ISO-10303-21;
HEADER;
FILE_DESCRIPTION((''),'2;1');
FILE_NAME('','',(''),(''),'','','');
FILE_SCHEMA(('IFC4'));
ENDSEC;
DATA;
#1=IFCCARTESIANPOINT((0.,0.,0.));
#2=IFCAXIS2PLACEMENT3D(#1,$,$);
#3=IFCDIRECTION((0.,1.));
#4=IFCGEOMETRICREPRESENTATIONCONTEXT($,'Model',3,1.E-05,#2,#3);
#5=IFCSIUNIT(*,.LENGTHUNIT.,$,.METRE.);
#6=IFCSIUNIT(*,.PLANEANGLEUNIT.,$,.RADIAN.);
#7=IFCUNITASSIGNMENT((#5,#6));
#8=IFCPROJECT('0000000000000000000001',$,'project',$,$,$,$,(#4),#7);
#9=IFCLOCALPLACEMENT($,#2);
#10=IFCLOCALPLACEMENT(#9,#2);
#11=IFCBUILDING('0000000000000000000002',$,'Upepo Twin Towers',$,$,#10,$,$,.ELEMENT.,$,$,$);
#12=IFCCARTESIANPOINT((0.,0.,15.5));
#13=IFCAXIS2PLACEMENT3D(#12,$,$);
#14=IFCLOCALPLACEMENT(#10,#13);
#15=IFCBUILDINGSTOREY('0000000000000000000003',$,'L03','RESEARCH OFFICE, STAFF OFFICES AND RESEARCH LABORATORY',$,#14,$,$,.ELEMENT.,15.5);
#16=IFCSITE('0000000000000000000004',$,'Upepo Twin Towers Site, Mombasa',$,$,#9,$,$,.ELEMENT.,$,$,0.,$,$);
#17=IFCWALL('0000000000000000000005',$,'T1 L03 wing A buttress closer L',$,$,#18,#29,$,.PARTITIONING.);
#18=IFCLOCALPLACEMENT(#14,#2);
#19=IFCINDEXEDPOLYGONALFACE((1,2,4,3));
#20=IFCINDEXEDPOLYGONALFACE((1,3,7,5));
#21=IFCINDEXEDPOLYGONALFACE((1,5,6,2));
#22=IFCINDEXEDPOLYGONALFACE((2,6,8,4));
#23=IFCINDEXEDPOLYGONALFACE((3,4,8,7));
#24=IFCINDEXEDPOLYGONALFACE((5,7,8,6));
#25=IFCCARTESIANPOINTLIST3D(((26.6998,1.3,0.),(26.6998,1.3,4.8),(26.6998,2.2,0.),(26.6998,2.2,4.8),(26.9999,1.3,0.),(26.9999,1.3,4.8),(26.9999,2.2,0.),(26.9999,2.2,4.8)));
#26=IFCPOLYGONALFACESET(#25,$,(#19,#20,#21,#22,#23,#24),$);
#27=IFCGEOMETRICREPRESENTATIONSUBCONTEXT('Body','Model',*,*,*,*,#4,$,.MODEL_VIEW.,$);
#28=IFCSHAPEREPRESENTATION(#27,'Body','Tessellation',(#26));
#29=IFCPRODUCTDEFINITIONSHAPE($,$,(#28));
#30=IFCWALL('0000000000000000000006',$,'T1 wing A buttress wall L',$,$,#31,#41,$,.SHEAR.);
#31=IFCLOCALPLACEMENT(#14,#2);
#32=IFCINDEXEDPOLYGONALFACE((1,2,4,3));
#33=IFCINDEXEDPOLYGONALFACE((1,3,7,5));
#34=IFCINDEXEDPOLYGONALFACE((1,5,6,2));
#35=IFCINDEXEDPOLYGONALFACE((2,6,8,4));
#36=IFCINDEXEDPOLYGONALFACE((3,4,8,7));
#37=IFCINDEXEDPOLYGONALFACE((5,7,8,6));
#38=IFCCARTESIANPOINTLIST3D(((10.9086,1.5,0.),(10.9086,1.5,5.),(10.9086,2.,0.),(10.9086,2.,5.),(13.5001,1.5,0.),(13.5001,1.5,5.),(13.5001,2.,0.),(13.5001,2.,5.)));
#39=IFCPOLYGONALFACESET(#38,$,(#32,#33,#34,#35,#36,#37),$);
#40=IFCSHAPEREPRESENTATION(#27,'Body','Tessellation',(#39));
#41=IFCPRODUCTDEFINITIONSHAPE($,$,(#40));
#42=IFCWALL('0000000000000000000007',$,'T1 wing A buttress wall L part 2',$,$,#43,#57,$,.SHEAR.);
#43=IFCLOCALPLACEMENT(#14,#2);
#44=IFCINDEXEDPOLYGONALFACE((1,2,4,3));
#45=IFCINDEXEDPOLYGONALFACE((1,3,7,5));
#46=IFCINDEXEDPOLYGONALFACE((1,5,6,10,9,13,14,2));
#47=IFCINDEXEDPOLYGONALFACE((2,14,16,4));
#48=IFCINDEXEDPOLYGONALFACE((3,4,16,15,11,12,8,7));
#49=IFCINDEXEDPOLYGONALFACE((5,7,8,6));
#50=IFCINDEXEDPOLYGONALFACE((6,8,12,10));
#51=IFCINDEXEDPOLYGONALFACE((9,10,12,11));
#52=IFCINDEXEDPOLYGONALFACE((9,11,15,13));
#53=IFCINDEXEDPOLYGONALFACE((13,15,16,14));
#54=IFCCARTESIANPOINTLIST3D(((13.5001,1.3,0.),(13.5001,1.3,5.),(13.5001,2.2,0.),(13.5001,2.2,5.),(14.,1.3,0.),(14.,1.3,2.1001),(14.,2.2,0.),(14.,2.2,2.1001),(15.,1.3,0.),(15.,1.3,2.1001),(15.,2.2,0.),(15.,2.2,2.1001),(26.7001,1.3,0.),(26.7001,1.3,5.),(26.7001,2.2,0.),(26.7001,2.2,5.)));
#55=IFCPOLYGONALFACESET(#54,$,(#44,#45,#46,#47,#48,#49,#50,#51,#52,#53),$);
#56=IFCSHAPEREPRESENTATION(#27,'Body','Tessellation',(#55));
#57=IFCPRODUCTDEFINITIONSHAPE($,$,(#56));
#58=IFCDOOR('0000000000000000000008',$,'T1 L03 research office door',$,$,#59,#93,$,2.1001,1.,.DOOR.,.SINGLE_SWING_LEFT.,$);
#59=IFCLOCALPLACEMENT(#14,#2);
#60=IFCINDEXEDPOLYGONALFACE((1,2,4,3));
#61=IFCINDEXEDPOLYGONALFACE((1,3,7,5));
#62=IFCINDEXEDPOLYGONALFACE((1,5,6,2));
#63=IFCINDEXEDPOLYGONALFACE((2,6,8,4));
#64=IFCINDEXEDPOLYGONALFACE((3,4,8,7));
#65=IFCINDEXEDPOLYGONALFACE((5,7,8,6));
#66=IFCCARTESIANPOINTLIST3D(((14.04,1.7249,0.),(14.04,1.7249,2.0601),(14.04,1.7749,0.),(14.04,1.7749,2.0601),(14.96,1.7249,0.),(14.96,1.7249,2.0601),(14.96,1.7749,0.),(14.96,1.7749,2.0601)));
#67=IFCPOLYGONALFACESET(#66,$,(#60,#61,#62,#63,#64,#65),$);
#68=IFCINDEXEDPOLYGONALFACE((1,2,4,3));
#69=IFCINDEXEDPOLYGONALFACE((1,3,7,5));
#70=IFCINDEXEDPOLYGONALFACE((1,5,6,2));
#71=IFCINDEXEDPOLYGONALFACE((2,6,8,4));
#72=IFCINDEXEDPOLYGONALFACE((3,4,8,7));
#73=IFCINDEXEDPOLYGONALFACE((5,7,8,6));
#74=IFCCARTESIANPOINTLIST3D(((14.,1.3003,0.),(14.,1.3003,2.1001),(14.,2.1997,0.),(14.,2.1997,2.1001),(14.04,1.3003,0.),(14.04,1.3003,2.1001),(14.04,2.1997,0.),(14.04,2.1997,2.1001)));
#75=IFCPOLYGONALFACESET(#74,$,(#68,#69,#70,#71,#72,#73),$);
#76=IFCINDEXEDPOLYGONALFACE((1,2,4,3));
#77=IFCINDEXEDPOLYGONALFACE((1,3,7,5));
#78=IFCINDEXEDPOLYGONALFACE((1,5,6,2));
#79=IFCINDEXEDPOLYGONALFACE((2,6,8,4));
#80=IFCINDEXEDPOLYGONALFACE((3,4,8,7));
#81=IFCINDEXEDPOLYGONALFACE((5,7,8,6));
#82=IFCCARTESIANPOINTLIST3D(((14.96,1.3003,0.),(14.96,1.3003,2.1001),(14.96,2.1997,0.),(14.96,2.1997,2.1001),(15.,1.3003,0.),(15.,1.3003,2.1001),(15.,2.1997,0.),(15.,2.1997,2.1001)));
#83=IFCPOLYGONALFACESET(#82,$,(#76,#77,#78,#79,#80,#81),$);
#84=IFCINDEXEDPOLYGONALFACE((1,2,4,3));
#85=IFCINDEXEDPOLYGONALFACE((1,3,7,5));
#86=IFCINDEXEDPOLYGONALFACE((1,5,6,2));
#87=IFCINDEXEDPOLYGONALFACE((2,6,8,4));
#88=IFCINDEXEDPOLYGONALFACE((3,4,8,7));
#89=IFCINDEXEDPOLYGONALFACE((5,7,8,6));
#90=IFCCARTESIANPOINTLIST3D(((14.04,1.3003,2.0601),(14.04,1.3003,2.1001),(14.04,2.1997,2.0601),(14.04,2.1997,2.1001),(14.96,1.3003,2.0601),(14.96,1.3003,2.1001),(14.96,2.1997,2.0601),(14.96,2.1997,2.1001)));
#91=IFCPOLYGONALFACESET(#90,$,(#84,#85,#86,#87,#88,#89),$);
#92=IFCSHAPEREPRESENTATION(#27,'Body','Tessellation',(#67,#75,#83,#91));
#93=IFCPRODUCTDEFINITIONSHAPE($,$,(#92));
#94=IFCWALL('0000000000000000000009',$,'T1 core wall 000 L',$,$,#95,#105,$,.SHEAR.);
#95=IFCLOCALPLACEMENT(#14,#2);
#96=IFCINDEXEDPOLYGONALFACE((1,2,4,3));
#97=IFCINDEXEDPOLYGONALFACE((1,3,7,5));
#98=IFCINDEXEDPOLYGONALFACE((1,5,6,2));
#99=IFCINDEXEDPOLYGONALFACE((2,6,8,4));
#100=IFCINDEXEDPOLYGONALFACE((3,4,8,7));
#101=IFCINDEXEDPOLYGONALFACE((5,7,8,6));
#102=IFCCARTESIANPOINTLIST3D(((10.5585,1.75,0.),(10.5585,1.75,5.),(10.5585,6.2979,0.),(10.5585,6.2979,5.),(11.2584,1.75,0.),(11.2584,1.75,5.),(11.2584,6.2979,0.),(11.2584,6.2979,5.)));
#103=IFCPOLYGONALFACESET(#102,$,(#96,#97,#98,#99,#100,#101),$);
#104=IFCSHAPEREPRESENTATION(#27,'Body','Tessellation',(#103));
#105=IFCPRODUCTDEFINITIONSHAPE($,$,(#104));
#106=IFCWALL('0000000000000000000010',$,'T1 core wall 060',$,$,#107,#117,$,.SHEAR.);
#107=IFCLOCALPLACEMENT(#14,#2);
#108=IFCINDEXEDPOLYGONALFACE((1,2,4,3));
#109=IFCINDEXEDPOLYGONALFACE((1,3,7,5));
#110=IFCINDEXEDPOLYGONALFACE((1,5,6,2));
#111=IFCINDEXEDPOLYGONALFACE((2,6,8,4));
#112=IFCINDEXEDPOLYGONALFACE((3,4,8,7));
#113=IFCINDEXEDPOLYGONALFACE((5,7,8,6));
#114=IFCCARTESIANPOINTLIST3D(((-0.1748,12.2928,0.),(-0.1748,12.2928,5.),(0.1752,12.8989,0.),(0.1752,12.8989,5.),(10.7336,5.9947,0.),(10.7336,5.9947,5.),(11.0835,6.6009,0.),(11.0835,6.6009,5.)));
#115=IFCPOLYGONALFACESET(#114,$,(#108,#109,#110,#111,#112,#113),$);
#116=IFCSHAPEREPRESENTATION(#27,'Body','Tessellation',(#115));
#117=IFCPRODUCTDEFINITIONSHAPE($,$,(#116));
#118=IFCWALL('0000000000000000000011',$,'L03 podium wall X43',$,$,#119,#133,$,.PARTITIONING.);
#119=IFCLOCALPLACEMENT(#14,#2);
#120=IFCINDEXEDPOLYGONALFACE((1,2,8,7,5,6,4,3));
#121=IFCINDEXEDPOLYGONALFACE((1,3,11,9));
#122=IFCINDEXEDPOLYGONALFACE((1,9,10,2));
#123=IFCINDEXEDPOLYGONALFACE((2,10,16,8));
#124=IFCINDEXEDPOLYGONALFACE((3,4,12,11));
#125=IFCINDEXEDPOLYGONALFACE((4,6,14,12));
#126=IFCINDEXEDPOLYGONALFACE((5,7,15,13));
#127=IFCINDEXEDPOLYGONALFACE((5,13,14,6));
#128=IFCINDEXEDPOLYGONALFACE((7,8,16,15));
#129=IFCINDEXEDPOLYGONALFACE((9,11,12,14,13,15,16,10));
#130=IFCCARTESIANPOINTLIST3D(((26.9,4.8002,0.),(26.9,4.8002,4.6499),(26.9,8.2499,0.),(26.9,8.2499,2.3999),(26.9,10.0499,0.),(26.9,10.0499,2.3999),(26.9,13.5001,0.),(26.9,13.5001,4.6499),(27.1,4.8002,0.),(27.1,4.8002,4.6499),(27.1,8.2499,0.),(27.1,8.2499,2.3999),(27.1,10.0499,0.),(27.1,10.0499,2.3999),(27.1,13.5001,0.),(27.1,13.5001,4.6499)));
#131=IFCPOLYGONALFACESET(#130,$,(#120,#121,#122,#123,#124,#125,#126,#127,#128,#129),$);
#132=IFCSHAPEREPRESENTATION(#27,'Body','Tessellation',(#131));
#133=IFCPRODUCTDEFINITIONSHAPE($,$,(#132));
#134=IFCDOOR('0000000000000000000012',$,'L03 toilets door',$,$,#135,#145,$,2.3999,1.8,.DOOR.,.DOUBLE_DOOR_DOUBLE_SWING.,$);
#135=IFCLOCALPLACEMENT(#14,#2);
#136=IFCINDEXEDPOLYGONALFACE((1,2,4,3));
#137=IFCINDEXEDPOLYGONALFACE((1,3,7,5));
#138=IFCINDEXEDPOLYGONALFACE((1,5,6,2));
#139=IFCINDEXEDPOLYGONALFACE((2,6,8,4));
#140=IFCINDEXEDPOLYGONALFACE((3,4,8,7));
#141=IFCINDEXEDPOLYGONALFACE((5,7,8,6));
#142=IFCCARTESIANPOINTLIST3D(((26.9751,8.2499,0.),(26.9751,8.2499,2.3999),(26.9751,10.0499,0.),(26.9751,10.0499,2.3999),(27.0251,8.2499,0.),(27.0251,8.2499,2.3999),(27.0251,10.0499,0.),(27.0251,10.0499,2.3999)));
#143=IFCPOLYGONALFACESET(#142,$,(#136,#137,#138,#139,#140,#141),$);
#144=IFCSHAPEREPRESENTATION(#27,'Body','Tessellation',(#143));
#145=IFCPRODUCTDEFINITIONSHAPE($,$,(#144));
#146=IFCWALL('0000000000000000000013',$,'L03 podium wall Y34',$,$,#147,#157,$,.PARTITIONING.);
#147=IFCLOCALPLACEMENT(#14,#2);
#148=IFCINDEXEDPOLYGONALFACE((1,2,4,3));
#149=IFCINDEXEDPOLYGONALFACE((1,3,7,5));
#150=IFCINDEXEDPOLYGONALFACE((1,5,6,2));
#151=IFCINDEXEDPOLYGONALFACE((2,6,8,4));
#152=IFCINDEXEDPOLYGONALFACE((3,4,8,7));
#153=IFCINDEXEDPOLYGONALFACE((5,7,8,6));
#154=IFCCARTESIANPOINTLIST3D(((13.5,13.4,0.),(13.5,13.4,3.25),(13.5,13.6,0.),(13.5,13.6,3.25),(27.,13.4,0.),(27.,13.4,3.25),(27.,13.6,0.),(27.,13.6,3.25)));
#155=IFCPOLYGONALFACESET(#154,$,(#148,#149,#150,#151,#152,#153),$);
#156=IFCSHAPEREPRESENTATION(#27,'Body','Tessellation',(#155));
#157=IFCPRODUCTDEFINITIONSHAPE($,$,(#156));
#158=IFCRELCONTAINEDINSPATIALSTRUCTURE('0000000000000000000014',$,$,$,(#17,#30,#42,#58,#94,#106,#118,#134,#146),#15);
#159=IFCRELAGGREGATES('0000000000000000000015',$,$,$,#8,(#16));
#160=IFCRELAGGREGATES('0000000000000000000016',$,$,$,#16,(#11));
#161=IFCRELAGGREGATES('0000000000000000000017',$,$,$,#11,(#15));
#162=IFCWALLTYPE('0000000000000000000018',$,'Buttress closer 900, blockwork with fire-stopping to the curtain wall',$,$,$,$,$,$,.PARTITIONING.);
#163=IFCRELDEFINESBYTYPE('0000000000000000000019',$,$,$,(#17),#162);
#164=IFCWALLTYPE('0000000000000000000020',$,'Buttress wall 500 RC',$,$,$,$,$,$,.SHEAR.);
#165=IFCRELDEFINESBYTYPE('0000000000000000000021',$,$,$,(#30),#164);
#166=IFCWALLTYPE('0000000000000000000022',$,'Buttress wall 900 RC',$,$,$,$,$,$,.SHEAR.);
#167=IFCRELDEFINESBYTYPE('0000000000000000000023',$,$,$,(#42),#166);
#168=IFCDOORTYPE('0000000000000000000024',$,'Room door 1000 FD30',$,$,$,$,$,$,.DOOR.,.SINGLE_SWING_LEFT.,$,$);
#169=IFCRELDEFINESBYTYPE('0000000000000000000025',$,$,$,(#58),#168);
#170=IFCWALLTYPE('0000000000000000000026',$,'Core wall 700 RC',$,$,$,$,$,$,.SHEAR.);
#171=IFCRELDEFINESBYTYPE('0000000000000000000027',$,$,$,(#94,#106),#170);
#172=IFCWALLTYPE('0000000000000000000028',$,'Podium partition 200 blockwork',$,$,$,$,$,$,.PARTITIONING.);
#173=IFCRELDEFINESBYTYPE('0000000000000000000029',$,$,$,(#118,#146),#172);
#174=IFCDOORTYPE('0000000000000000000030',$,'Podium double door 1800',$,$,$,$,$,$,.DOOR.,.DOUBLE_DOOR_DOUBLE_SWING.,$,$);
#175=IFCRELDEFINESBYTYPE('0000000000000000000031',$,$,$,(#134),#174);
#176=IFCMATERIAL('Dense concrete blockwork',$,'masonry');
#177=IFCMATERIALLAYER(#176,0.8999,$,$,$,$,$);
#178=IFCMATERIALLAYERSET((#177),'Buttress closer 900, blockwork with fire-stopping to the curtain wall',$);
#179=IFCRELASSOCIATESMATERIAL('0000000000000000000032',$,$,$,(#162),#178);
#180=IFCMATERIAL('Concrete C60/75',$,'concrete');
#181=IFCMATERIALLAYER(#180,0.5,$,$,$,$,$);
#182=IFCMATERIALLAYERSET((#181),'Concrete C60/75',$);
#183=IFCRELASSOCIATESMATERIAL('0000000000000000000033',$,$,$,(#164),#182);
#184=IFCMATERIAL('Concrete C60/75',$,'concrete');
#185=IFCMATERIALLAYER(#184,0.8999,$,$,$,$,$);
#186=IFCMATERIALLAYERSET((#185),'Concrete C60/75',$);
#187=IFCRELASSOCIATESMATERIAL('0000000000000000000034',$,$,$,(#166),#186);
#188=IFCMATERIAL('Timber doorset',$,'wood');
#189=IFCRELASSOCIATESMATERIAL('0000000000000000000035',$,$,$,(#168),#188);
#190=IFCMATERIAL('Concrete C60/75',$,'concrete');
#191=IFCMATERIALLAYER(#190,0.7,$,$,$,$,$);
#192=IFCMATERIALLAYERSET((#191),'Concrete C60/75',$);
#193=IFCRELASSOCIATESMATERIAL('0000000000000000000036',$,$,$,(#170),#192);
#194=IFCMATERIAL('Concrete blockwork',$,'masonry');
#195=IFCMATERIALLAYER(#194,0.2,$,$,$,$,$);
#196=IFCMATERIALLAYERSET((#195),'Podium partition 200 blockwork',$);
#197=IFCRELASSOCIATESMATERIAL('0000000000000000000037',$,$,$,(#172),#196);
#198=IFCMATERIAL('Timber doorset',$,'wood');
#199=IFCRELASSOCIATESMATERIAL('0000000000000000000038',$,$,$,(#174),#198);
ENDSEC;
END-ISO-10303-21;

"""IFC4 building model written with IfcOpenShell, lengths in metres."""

from ifc_helpers import new_model, si_unit, direction, frame, frame_2d, origin, place, context, subcontext, project, spatial, rectangle, extrude, material, layer, layer_set, type_object, element, fill, save


model = new_model("IFC4")

# Units and contexts
model_context = context("Model", 3, precision=1e-05, world=origin(), true_north=direction((0.0, 1.0)))
body_context = subcontext(model_context, "Body", "Model", "MODEL_VIEW")
ifc_project = project(units=[si_unit("LENGTHUNIT", "METRE"), si_unit("PLANEANGLEUNIT", "RADIAN")], contexts=[model_context])

# Site, building, storey
site_placement = place(None, origin())
site = spatial("IfcSite", under=ifc_project, at=site_placement, Name="Upepo Twin Towers Site, Mombasa", CompositionType="ELEMENT", RefElevation=0.0)
building_placement = place(site_placement, origin())
building = spatial("IfcBuilding", under=site, at=building_placement, Name="Upepo Twin Towers", CompositionType="ELEMENT")
storey_placement = place(building_placement, frame((0.0, 0.0, 15.5)))
storey = spatial("IfcBuildingStorey", under=building, at=storey_placement, Name="L03", Description="RESEARCH OFFICE, STAFF OFFICES AND RESEARCH LABORATORY", CompositionType="ELEMENT", Elevation=15.5)

# Walls
ifc_material_1 = material(Name="Dense concrete blockwork", Category="masonry")
ifc_layer_1 = layer(ifc_material_1, 0.8999)
ifc_layer_set_1 = layer_set([ifc_layer_1], Name="Buttress closer 900, blockwork with fire-stopping to the curtain wall")
wall_type_1 = type_object("IfcWallType", Name="Buttress closer 900, blockwork with fire-stopping to the curtain wall", PredefinedType="PARTITIONING", material=ifc_layer_set_1)
wall_1_placement = place(storey_placement, frame((26.7, 1.75, 0.0), z_axis=(0.0, 0.0, 1.0), x_axis=(1.0, 0.0, 0.0)))
element("IfcWall", 1, at=wall_1_placement, inside=storey, type_object=wall_type_1, Name="T1 L03 wing A buttress closer L", PredefinedType="PARTITIONING", context=body_context, shape_type="SweptSolid", body=[
    extrude(rectangle(XDim=0.3, YDim=0.8999, at=frame_2d((0.1499, 0.0))), origin(), (0.0, 0.0, 1.0), 4.8),
])
ifc_material_2 = material(Name="Concrete C60/75", Category="concrete")
ifc_layer_2 = layer(ifc_material_2, 0.5)
ifc_layer_set_2 = layer_set([ifc_layer_2], Name="Concrete C60/75")
wall_type_2 = type_object("IfcWallType", Name="Buttress wall 500 RC", PredefinedType="SHEAR", material=ifc_layer_set_2)
wall_2_placement = place(storey_placement, frame((10.9084, 1.75, 0.0), z_axis=(0.0, 0.0, 1.0), x_axis=(1.0, 0.0, 0.0)))
element("IfcWall", 2, at=wall_2_placement, inside=storey, type_object=wall_type_2, Name="T1 wing A buttress wall L", PredefinedType="SHEAR", context=body_context, shape_type="SweptSolid", body=[
    extrude(rectangle(XDim=2.5916, YDim=0.5, at=frame_2d((1.2959, 0.0))), origin(), (0.0, 0.0, 1.0), 5.0),
])

# Wall, opening, door
ifc_material_3 = material(Name="Concrete C60/75", Category="concrete")
ifc_layer_3 = layer(ifc_material_3, 0.8999)
ifc_layer_set_3 = layer_set([ifc_layer_3], Name="Concrete C60/75")
wall_type_3 = type_object("IfcWallType", Name="Buttress wall 900 RC", PredefinedType="SHEAR", material=ifc_layer_set_3)
wall_3_placement = place(storey_placement, frame((13.5, 1.75, 0.0), z_axis=(0.0, 0.0, 1.0), x_axis=(1.0, 0.0, 0.0)))
wall_3 = element("IfcWall", 3, at=wall_3_placement, inside=storey, type_object=wall_type_3, Name="T1 wing A buttress wall L part 2", PredefinedType="SHEAR", context=body_context, shape_type="SweptSolid", body=[
    extrude(rectangle(XDim=13.2, YDim=0.8999, at=frame_2d((6.6001, 0.0))), origin(), (0.0, 0.0, 1.0), 5.0),
])
opening_1_placement = place(wall_3_placement, frame((0.5, 0.0, 0.0)))
opening_1 = element("IfcOpeningElement", 4, at=opening_1_placement, cuts=wall_3, PredefinedType="OPENING", context=body_context, shape_type="SweptSolid", body=[
    extrude(rectangle(XDim=1.0, YDim=2.1001, at=frame_2d((0.5, 1.05))), frame((0.0, 0.46, 0.0), z_axis=(0.0, -1.0, 0.0), x_axis=(1.0, 0.0, 0.0)), (0.0, 0.0, 1.0), 0.9199),
])
ifc_material_4 = material(Name="Timber doorset", Category="wood")
door_type_1 = type_object("IfcDoorType", Name="Room door 1000 FD30", OperationType="SINGLE_SWING_LEFT", PredefinedType="DOOR", material=ifc_material_4)
door_1_placement = place(opening_1_placement, origin())
door_1 = element("IfcDoor", 5, at=door_1_placement, inside=storey, type_object=door_type_1, Name="T1 L03 research office door", OperationType="SINGLE_SWING_LEFT", OverallHeight=2.1001, OverallWidth=1.0, PredefinedType="DOOR", context=body_context, shape_type="SweptSolid", body=[
    extrude(rectangle(XDim=0.92, YDim=2.0601, at=frame_2d((0.5, 1.03))), frame((0.0, 0.0249, 0.0), z_axis=(0.0, -1.0, 0.0), x_axis=(1.0, 0.0, 0.0)), (0.0, 0.0, 1.0), 0.05),
    extrude(rectangle(XDim=0.04, YDim=2.1001, at=frame_2d((0.02, 1.05))), frame((0.0, 0.4497, 0.0), z_axis=(0.0, -1.0, 0.0), x_axis=(1.0, 0.0, 0.0)), (0.0, 0.0, 1.0), 0.8994),
    extrude(rectangle(XDim=0.04, YDim=2.1001, at=frame_2d((0.98, 1.05))), frame((0.0, 0.4497, 0.0), z_axis=(0.0, -1.0, 0.0), x_axis=(1.0, 0.0, 0.0)), (0.0, 0.0, 1.0), 0.8994),
    extrude(rectangle(XDim=0.92, YDim=0.04, at=frame_2d((0.5, 2.0801))), frame((0.0, 0.4497, 0.0), z_axis=(0.0, -1.0, 0.0), x_axis=(1.0, 0.0, 0.0)), (0.0, 0.0, 1.0), 0.8994),
])
fill(opening_1, door_1)

# Walls
ifc_material_5 = material(Name="Concrete C60/75", Category="concrete")
ifc_layer_4 = layer(ifc_material_5, 0.7)
ifc_layer_set_4 = layer_set([ifc_layer_4], Name="Concrete C60/75")
wall_type_4 = type_object("IfcWallType", Name="Core wall 700 RC", PredefinedType="SHEAR", material=ifc_layer_set_4)
wall_4_placement = place(storey_placement, frame((10.9084, 1.75, 0.0), z_axis=(0.0, 0.0, 1.0), x_axis=(0.0, 1.0, 0.0)))
element("IfcWall", 6, at=wall_4_placement, inside=storey, type_object=wall_type_4, Name="T1 core wall 000 L", PredefinedType="SHEAR", context=body_context, shape_type="SweptSolid", body=[
    extrude(rectangle(XDim=4.5479, YDim=0.7, at=frame_2d((2.2739, 0.0))), origin(), (0.0, 0.0, 1.0), 5.0),
])
wall_5_placement = place(storey_placement, frame((10.9084, 6.2979, 0.0), z_axis=(0.0, 0.0, 1.0), x_axis=(-0.866022, 0.500006, 0.0)))
element("IfcWall", 7, at=wall_5_placement, inside=storey, type_object=wall_type_4, Name="T1 core wall 060", PredefinedType="SHEAR", context=body_context, shape_type="SweptSolid", body=[
    extrude(rectangle(XDim=12.5959, YDim=0.7, at=frame_2d((6.2979, 0.0))), origin(), (0.0, 0.0, 1.0), 5.0),
])

# Wall, opening, door
ifc_material_6 = material(Name="Concrete blockwork", Category="masonry")
ifc_layer_5 = layer(ifc_material_6, 0.2)
ifc_layer_set_5 = layer_set([ifc_layer_5], Name="Podium partition 200 blockwork")
wall_type_5 = type_object("IfcWallType", Name="Podium partition 200 blockwork", PredefinedType="PARTITIONING", material=ifc_layer_set_5)
wall_6_placement = place(storey_placement, frame((27.0, 4.8, 0.0), z_axis=(0.0, 0.0, 1.0), x_axis=(0.0, 1.0, 0.0)))
wall_6 = element("IfcWall", 8, at=wall_6_placement, inside=storey, type_object=wall_type_5, Name="L03 podium wall X43", PredefinedType="PARTITIONING", context=body_context, shape_type="SweptSolid", body=[
    extrude(rectangle(XDim=8.7, YDim=0.2, at=frame_2d((4.3501, 0.0))), origin(), (0.0, 0.0, 1.0), 4.6499),
])
opening_2_placement = place(wall_6_placement, frame((3.45, 0.0, 0.0)))
opening_2 = element("IfcOpeningElement", 9, at=opening_2_placement, cuts=wall_6, PredefinedType="OPENING", context=body_context, shape_type="SweptSolid", body=[
    extrude(rectangle(XDim=1.8, YDim=2.3999, at=frame_2d((0.8999, 1.2))), frame((0.0, 0.1099, 0.0), z_axis=(0.0, -1.0, 0.0), x_axis=(1.0, 0.0, 0.0)), (0.0, 0.0, 1.0), 0.22),
])
ifc_material_7 = material(Name="Timber doorset", Category="wood")
door_type_2 = type_object("IfcDoorType", Name="Podium double door 1800", OperationType="DOUBLE_DOOR_DOUBLE_SWING", PredefinedType="DOOR", material=ifc_material_7)
door_2_placement = place(opening_2_placement, origin())
door_2 = element("IfcDoor", 10, at=door_2_placement, inside=storey, type_object=door_type_2, Name="L03 toilets door", OperationType="DOUBLE_DOOR_DOUBLE_SWING", OverallHeight=2.3999, OverallWidth=1.8, PredefinedType="DOOR", context=body_context, shape_type="SweptSolid", body=[
    extrude(rectangle(XDim=1.8, YDim=2.3999, at=frame_2d((0.8999, 1.2))), frame((0.0, 0.0249, 0.0), z_axis=(0.0, -1.0, 0.0), x_axis=(1.0, 0.0, 0.0)), (0.0, 0.0, 1.0), 0.05),
])
fill(opening_2, door_2)

# Wall
wall_7_placement = place(storey_placement, frame((13.5, 13.5, 0.0), z_axis=(0.0, 0.0, 1.0), x_axis=(1.0, 0.0, 0.0)))
element("IfcWall", 11, at=wall_7_placement, inside=storey, type_object=wall_type_5, Name="L03 podium wall Y34", PredefinedType="PARTITIONING", context=body_context, shape_type="SweptSolid", body=[
    extrude(rectangle(XDim=13.5, YDim=0.2, at=frame_2d((6.75, 0.0))), origin(), (0.0, 0.0, 1.0), 3.25),
])

save(model, "model.ifc")
